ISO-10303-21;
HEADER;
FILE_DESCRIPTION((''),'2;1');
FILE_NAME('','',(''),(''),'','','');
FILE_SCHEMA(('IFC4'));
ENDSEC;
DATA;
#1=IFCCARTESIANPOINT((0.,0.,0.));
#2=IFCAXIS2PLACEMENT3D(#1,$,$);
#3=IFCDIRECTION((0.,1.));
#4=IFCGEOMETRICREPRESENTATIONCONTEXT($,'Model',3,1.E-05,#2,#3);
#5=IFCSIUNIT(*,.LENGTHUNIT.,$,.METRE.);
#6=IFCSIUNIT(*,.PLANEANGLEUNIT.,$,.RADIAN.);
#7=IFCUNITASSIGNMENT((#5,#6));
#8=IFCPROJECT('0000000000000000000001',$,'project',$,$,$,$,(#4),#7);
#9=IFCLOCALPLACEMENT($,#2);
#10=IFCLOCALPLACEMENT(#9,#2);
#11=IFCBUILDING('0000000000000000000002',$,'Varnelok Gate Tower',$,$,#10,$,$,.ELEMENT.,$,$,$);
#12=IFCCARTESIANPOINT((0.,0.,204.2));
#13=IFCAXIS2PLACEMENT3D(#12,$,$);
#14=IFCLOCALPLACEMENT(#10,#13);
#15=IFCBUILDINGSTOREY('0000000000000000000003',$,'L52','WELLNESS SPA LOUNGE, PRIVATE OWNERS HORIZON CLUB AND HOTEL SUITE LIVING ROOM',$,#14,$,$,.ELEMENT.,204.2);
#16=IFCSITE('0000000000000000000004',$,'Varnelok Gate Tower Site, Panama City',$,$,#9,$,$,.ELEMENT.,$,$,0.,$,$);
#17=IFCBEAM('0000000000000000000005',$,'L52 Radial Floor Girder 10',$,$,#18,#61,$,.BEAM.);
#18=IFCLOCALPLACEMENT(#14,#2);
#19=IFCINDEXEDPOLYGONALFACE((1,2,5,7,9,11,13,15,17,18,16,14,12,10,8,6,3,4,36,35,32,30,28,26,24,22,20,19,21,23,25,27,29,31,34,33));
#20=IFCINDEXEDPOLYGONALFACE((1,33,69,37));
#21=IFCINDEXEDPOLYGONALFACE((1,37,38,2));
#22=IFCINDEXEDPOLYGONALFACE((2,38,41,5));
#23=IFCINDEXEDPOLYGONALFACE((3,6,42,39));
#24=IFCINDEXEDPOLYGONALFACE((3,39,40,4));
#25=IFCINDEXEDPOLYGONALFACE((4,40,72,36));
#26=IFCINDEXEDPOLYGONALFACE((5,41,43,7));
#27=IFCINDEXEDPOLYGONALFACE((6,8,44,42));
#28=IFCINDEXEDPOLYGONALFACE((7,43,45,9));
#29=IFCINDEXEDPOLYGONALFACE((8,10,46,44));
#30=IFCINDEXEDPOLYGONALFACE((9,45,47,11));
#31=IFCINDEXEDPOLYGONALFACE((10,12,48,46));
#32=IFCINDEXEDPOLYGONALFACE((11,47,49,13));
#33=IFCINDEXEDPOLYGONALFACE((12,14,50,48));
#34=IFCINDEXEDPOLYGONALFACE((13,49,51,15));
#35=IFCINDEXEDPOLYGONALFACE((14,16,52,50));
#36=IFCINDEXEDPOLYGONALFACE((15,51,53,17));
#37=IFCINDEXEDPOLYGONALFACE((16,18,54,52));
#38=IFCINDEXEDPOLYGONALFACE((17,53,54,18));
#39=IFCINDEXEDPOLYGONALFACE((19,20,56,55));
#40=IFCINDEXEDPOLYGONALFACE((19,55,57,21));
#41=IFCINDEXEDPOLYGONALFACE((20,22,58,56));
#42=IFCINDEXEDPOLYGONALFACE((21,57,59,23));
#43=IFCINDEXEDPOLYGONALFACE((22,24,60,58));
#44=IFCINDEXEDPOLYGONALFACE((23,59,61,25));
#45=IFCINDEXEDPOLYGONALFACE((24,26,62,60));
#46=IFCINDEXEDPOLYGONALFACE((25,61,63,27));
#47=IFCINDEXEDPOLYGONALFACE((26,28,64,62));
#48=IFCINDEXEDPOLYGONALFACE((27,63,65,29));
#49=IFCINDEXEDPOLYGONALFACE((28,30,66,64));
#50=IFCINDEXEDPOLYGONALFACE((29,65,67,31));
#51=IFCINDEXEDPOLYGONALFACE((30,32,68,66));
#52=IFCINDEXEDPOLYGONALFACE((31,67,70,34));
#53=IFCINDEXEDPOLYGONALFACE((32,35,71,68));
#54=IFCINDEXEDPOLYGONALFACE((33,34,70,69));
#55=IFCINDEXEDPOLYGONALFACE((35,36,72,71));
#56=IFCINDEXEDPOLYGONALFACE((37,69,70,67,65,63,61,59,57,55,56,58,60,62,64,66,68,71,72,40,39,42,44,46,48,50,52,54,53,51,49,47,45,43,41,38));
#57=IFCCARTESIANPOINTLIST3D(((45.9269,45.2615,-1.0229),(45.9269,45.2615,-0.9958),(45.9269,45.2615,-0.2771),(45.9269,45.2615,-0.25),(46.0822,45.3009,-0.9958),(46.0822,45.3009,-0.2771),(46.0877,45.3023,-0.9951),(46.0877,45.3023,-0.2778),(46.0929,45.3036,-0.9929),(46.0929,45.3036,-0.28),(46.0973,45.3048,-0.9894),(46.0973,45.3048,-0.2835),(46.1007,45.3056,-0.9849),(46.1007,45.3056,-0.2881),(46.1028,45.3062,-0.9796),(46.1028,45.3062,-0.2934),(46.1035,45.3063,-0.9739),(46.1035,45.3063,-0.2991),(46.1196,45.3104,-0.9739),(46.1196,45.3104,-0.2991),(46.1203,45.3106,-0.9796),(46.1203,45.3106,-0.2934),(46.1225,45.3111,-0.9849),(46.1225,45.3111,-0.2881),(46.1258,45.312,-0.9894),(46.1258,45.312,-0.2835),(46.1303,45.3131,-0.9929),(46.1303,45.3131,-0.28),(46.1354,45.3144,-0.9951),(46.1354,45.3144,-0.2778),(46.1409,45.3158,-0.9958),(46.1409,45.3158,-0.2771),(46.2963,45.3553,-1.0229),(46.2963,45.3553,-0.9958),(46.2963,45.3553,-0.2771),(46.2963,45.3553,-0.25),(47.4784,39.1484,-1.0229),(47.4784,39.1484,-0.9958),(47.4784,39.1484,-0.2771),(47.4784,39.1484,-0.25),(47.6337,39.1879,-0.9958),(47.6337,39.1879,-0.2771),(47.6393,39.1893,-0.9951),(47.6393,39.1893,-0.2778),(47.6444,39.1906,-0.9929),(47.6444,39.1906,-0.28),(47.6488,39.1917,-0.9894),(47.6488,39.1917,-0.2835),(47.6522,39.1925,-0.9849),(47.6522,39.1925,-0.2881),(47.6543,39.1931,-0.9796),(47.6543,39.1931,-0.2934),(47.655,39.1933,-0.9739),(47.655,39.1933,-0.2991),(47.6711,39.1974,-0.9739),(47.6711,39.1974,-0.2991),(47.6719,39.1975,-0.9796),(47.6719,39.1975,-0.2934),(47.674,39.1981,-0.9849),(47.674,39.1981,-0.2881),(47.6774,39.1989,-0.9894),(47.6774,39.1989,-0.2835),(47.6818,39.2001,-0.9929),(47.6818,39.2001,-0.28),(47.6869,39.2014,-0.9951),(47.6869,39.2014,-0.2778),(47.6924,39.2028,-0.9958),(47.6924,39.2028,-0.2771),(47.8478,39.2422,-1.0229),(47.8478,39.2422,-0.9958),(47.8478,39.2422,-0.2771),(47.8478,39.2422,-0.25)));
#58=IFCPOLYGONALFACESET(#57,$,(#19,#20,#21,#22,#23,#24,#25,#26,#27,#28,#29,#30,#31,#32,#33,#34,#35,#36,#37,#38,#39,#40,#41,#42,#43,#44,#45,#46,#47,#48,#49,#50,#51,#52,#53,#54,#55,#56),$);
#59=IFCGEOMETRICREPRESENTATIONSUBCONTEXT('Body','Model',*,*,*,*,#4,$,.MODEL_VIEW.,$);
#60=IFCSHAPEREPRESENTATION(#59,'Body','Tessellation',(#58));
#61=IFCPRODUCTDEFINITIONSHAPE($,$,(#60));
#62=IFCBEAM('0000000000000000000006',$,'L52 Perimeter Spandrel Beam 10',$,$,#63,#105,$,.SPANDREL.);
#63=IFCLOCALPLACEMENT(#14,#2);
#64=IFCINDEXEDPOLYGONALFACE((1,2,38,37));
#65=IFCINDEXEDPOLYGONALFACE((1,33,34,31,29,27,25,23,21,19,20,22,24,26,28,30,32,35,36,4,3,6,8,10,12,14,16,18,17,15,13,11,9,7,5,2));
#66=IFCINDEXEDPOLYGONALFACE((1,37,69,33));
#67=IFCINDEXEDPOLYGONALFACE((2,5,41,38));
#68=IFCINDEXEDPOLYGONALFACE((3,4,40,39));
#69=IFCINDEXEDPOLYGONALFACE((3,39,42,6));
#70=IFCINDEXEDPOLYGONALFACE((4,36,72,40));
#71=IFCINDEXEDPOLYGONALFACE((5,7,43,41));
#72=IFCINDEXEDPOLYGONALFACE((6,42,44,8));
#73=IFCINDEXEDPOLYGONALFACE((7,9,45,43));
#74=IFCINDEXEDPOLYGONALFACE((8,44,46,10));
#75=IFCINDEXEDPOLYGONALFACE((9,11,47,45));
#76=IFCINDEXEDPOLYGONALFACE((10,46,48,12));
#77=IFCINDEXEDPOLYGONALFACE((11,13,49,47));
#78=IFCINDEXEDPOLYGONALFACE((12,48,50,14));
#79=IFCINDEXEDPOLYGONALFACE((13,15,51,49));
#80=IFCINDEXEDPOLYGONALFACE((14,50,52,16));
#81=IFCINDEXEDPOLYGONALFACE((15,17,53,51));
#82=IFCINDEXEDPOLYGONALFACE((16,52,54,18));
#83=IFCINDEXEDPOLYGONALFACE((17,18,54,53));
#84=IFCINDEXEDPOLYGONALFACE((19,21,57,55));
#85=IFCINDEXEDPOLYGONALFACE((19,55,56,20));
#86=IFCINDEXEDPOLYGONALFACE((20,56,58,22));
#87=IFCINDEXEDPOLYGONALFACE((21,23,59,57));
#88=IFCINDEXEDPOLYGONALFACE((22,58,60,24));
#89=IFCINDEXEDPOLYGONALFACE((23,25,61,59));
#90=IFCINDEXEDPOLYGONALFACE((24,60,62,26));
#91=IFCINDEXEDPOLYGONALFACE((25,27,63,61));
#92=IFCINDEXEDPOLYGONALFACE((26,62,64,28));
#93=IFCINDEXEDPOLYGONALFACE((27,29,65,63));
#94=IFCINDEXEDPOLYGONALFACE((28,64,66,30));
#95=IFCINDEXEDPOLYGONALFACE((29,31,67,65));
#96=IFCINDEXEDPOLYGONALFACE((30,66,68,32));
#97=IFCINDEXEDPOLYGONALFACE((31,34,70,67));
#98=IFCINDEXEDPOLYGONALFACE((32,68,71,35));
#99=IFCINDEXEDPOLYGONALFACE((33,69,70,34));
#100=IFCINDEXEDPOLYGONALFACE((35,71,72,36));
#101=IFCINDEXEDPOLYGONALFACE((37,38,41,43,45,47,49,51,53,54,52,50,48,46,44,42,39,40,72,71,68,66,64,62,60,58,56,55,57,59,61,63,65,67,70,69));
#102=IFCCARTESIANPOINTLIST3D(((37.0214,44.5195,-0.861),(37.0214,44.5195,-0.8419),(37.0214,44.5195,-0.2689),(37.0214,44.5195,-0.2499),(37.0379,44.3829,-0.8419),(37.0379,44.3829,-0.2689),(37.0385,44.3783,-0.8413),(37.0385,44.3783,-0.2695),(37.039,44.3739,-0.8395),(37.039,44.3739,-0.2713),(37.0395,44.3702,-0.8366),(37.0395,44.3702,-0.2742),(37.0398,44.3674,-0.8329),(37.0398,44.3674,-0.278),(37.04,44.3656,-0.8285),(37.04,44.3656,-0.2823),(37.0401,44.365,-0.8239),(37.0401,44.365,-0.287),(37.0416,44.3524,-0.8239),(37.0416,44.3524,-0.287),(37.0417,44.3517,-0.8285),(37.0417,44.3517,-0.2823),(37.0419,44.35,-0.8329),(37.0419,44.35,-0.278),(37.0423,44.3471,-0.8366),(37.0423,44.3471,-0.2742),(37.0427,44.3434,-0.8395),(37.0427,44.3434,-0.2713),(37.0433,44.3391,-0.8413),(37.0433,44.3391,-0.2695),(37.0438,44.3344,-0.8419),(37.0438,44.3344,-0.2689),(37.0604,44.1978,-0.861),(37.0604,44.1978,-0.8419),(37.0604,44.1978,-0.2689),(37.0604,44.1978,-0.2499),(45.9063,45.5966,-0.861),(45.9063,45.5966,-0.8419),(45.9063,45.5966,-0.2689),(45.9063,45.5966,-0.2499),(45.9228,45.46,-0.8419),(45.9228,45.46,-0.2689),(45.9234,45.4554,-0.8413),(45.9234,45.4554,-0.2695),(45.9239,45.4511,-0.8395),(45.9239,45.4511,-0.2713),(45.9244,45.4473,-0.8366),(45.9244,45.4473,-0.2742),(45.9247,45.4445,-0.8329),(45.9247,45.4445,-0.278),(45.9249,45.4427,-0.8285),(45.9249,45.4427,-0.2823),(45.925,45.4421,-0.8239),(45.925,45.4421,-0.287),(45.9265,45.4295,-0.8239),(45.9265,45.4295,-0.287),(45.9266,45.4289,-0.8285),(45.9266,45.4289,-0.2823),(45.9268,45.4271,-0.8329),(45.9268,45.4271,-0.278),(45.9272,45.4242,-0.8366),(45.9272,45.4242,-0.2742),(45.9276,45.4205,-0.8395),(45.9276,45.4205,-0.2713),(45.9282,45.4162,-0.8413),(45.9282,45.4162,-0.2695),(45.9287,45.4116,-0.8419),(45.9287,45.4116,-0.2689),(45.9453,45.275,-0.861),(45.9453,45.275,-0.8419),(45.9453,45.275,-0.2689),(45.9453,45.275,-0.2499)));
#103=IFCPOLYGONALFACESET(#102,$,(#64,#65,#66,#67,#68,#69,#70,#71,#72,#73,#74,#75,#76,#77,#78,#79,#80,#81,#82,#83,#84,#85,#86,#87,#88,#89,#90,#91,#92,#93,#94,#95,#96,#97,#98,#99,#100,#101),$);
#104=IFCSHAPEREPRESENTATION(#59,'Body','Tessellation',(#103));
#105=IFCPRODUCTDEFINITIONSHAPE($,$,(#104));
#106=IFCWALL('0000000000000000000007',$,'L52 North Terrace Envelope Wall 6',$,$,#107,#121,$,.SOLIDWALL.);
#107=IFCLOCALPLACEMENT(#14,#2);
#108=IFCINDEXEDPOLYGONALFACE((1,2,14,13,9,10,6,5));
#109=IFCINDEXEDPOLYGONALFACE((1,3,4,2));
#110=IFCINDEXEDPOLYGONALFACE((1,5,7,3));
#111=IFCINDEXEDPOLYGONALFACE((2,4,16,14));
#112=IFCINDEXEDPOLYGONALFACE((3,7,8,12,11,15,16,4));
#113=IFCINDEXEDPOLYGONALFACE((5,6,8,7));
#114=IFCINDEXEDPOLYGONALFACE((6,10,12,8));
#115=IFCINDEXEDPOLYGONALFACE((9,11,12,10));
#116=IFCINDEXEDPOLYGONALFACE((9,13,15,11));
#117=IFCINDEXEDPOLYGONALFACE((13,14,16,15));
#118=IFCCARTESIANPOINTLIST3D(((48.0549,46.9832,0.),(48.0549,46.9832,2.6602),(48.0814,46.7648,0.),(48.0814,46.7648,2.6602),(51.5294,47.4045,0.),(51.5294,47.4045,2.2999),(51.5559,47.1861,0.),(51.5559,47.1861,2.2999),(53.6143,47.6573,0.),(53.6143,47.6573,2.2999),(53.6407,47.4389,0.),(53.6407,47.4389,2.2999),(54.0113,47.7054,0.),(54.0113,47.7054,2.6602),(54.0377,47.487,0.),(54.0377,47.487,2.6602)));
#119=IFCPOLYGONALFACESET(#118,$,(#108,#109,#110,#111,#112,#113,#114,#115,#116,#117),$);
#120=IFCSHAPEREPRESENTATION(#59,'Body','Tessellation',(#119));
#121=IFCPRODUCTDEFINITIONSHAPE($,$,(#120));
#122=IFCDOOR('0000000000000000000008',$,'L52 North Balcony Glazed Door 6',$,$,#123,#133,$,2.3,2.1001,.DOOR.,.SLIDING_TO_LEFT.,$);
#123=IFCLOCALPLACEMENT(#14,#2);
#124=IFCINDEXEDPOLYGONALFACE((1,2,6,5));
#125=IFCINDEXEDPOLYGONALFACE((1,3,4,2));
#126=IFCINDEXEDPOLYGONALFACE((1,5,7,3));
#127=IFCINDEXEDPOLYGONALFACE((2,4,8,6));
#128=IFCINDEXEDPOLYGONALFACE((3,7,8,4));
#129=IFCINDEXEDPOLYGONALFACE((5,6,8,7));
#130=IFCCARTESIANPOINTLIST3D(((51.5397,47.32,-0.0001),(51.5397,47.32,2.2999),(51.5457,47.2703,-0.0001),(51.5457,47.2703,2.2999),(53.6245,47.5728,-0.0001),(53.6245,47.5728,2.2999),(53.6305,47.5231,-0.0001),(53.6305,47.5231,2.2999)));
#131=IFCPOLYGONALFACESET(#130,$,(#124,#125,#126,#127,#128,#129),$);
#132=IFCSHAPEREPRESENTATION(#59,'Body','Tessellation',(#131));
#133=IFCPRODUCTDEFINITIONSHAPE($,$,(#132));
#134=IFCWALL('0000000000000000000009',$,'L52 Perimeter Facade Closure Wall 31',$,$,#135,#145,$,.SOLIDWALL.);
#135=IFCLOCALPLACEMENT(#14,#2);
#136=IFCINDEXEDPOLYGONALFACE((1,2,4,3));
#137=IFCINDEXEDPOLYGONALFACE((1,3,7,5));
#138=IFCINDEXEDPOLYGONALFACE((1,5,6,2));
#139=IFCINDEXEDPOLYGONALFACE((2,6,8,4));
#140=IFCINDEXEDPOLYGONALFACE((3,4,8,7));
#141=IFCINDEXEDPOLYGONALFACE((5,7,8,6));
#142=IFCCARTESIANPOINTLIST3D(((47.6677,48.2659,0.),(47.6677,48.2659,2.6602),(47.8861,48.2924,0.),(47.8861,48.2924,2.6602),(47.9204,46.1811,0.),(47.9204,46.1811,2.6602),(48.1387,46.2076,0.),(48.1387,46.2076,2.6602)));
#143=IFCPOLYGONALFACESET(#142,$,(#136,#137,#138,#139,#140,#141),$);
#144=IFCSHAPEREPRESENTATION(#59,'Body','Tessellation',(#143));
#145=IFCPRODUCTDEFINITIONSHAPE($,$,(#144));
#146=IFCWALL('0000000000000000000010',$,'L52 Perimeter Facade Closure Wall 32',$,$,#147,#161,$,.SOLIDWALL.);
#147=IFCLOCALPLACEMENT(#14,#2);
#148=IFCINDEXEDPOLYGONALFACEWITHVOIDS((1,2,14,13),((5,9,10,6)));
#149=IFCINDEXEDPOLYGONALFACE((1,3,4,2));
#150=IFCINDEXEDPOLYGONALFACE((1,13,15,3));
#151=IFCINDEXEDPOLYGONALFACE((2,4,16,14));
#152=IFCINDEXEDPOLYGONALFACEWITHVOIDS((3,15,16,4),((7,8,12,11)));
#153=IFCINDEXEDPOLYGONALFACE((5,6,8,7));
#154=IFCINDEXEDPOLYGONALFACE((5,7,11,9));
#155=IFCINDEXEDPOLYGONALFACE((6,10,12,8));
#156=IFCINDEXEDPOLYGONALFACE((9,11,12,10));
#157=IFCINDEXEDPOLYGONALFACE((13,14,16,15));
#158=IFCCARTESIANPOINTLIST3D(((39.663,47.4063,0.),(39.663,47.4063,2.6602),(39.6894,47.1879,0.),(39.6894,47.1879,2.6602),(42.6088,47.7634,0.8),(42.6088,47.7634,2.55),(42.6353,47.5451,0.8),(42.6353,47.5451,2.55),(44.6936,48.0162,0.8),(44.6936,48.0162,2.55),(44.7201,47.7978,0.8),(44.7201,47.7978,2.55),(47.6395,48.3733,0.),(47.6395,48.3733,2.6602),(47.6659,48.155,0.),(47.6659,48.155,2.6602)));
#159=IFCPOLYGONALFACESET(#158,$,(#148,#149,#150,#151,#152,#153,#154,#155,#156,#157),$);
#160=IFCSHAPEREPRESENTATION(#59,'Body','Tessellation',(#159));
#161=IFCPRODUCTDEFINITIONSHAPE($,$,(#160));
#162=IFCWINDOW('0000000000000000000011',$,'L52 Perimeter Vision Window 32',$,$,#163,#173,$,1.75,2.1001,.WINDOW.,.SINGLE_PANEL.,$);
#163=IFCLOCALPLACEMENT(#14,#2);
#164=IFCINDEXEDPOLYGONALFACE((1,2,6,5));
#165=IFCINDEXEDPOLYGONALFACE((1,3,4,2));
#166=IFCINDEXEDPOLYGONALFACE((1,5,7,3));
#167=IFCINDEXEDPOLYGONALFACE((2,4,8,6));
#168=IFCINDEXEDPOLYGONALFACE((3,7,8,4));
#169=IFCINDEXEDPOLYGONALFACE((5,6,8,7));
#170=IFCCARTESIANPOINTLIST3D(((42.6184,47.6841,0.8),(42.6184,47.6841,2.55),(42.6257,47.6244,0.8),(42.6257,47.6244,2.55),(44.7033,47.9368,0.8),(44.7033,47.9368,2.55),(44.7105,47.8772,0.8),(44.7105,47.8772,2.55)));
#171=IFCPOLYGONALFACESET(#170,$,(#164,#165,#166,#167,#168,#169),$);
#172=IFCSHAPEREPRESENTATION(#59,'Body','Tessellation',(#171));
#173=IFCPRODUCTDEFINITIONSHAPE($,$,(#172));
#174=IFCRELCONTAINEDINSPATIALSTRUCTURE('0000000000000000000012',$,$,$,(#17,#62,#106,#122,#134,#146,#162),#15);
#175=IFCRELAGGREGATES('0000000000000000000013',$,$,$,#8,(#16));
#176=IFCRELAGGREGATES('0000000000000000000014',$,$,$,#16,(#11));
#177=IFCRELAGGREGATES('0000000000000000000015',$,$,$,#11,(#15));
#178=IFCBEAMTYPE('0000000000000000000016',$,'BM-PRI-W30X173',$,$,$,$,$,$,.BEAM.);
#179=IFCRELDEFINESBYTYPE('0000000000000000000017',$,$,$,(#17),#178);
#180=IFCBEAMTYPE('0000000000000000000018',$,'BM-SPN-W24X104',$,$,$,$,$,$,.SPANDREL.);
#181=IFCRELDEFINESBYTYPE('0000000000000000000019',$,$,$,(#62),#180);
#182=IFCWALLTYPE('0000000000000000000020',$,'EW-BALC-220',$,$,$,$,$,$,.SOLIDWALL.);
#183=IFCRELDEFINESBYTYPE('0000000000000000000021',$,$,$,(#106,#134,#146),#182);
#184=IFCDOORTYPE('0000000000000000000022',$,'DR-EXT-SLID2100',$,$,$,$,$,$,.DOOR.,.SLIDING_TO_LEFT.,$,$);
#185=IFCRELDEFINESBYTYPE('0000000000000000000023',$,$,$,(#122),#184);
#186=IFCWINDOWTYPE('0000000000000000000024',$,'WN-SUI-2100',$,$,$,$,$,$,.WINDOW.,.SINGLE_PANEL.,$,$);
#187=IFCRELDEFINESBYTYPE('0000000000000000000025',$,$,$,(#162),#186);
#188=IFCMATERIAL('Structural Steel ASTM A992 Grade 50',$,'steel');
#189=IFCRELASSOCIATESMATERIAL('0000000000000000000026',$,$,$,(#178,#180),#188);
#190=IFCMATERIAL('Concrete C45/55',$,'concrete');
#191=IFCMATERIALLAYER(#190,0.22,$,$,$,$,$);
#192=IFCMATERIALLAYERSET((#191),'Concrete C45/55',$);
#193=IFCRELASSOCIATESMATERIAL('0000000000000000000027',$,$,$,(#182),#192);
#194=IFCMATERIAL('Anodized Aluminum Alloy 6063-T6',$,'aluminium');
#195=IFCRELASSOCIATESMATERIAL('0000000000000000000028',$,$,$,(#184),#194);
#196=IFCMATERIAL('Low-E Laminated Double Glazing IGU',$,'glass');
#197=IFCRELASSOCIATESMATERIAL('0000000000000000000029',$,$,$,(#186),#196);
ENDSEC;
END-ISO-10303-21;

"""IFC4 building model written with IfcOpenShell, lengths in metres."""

from ifc_helpers import new_model, si_unit, direction, frame, frame_2d, origin, origin_2d, place, context, subcontext, project, spatial, rectangle, i_section, extrude, material, layer, layer_set, material_profile, profile_set, type_object, element, fill, save


model = new_model("IFC4")

# Units and contexts
model_context = context("Model", 3, precision=1e-05, world=origin(), true_north=direction((0.0, 1.0)))
body_context = subcontext(model_context, "Body", "Model", "MODEL_VIEW")
ifc_project = project(units=[si_unit("LENGTHUNIT", "METRE"), si_unit("PLANEANGLEUNIT", "RADIAN")], contexts=[model_context])

# Site, building, storey
site_placement = place(None, origin())
site = spatial("IfcSite", under=ifc_project, at=site_placement, Name="Varnelok Gate Tower Site, Panama City", CompositionType="ELEMENT", RefElevation=0.0)
building_placement = place(site_placement, origin())
building = spatial("IfcBuilding", under=site, at=building_placement, Name="Varnelok Gate Tower", CompositionType="ELEMENT")
storey_placement = place(building_placement, frame((0.0, 0.0, 204.2)))
storey = spatial("IfcBuildingStorey", under=building, at=storey_placement, Name="L52", Description="WELLNESS SPA LOUNGE, PRIVATE OWNERS HORIZON CLUB AND HOTEL SUITE LIVING ROOM", CompositionType="ELEMENT", Elevation=204.2)

# Shared definitions
ifc_material_1 = material(Name="Structural Steel ASTM A992 Grade 50", Category="steel")

# Beams
ifc_material_profile_1 = material_profile(ifc_material_1, i_section(OverallWidth=0.3811, OverallDepth=0.7729, WebThickness=0.0166, FlangeThickness=0.0271, FilletRadius=0.022, at=origin_2d()), Name="W30X173")
ifc_profile_set_1 = profile_set([ifc_material_profile_1], Name="Structural Steel ASTM A992 Grade 50")
beam_type_1 = type_object("IfcBeamType", Name="BM-PRI-W30X173", PredefinedType="BEAM", material=ifc_profile_set_1)
beam_1_placement = place(storey_placement, frame((47.6631, 39.1953, -0.6365), z_axis=(-0.246004, 0.969269, 0.0), x_axis=(-0.969269, -0.246004, 0.0)))
element("IfcBeam", 1, at=beam_1_placement, inside=storey, type_object=beam_type_1, Name="L52 Radial Floor Girder 10", PredefinedType="BEAM", context=body_context, shape_type="SweptSolid", body=[
    extrude(i_section(OverallWidth=0.3811, OverallDepth=0.7729, WebThickness=0.0166, FlangeThickness=0.0271, FilletRadius=0.022, at=origin_2d()), origin(), (0.0, 0.0, 1.0), 6.3069),
])
ifc_material_profile_2 = material_profile(ifc_material_1, i_section(OverallWidth=0.324, OverallDepth=0.6111, WebThickness=0.0127, FlangeThickness=0.019, FilletRadius=0.0181, at=origin_2d()), Name="W24X104")
ifc_profile_set_2 = profile_set([ifc_material_profile_2], Name="Structural Steel ASTM A992 Grade 50")
beam_type_2 = type_object("IfcBeamType", Name="BM-SPN-W24X104", PredefinedType="SPANDREL", material=ifc_profile_set_2)
beam_2_placement = place(storey_placement, frame((45.9258, 45.4358, -0.5554), z_axis=(-0.992731, -0.120351, 0.0), x_axis=(0.120351, -0.992731, 0.0)))
element("IfcBeam", 2, at=beam_2_placement, inside=storey, type_object=beam_type_2, Name="L52 Perimeter Spandrel Beam 10", PredefinedType="SPANDREL", context=body_context, shape_type="SweptSolid", body=[
    extrude(i_section(OverallWidth=0.324, OverallDepth=0.6111, WebThickness=0.0127, FlangeThickness=0.019, FilletRadius=0.0181, at=origin_2d()), origin(), (0.0, 0.0, 1.0), 8.95),
])

# Wall, opening, door
ifc_material_2 = material(Name="Concrete C45/55", Category="concrete")
ifc_layer_1 = layer(ifc_material_2, 0.22)
ifc_layer_set_1 = layer_set([ifc_layer_1], Name="Concrete C45/55")
wall_type_1 = type_object("IfcWallType", Name="EW-BALC-220", PredefinedType="SOLIDWALL", material=ifc_layer_set_1)
wall_1_placement = place(storey_placement, frame((48.0681, 46.874, 0.0), z_axis=(0.0, 0.0, 1.0), x_axis=(0.99273, 0.120363, 0.0)))
wall_1 = element("IfcWall", 3, at=wall_1_placement, inside=storey, type_object=wall_type_1, Name="L52 North Terrace Envelope Wall 6", PredefinedType="SOLIDWALL", context=body_context, shape_type="SweptSolid", body=[
    extrude(rectangle(XDim=6.0, YDim=0.22, at=frame_2d((3.0, 0.0))), origin(), (0.0, 0.0, 1.0), 2.6602),
])
opening_1_placement = place(wall_1_placement, frame((3.5, 0.0, 0.0)))
opening_1 = element("IfcOpeningElement", 4, at=opening_1_placement, cuts=wall_1, PredefinedType="OPENING", context=body_context, shape_type="SweptSolid", body=[
    extrude(rectangle(XDim=2.1001, YDim=2.3, at=frame_2d((1.05, 1.1499))), frame((0.0, 0.1199, 0.0), z_axis=(0.0, -1.0, 0.0), x_axis=(1.0, 0.0, 0.0)), (0.0, 0.0, 1.0), 0.24),
])
ifc_material_3 = material(Name="Anodized Aluminum Alloy 6063-T6", Category="aluminium")
door_type_1 = type_object("IfcDoorType", Name="DR-EXT-SLID2100", OperationType="SLIDING_TO_LEFT", PredefinedType="DOOR", material=ifc_material_3)
door_1_placement = place(opening_1_placement, origin())
door_1 = element("IfcDoor", 5, at=door_1_placement, inside=storey, type_object=door_type_1, Name="L52 North Balcony Glazed Door 6", OperationType="SLIDING_TO_LEFT", OverallHeight=2.3, OverallWidth=2.1001, PredefinedType="DOOR", context=body_context, shape_type="SweptSolid", body=[
    extrude(rectangle(XDim=2.1001, YDim=2.3, at=frame_2d((1.05, 1.1499))), frame((0.0, 0.0249, 0.0), z_axis=(0.0, -1.0, 0.0), x_axis=(1.0, 0.0, 0.0)), (0.0, 0.0, 1.0), 0.05),
])
fill(opening_1, door_1)

# Wall
wall_2_placement = place(storey_placement, frame((48.0295, 46.1943, 0.0), z_axis=(0.0, 0.0, 1.0), x_axis=(-0.120314, 0.992736, 0.0)))
element("IfcWall", 6, at=wall_2_placement, inside=storey, type_object=wall_type_1, Name="L52 Perimeter Facade Closure Wall 31", PredefinedType="SOLIDWALL", context=body_context, shape_type="SweptSolid", body=[
    extrude(rectangle(XDim=2.1001, YDim=0.22, at=frame_2d((1.05, 0.0))), origin(), (0.0, 0.0, 1.0), 2.6602),
])

# Wall, opening, window
wall_3_placement = place(storey_placement, frame((47.6528, 48.2642, 0.0), z_axis=(0.0, 0.0, 1.0), x_axis=(-0.992731, -0.120354, 0.0)))
wall_3 = element("IfcWall", 7, at=wall_3_placement, inside=storey, type_object=wall_type_1, Name="L52 Perimeter Facade Closure Wall 32", PredefinedType="SOLIDWALL", context=body_context, shape_type="SweptSolid", body=[
    extrude(rectangle(XDim=8.0349, YDim=0.22, at=frame_2d((4.0176, 0.0))), origin(), (0.0, 0.0, 1.0), 2.6602),
])
opening_2_placement = place(wall_3_placement, frame((2.9675, 0.0, 0.8)))
opening_2 = element("IfcOpeningElement", 8, at=opening_2_placement, cuts=wall_3, PredefinedType="OPENING", context=body_context, shape_type="SweptSolid", body=[
    extrude(rectangle(XDim=2.1001, YDim=1.75, at=frame_2d((1.05, 0.875))), frame((0.0, 0.1199, 0.0), z_axis=(0.0, -1.0, 0.0), x_axis=(1.0, 0.0, 0.0)), (0.0, 0.0, 1.0), 0.24),
])
ifc_material_4 = material(Name="Low-E Laminated Double Glazing IGU", Category="glass")
window_type = type_object("IfcWindowType", Name="WN-SUI-2100", PartitioningType="SINGLE_PANEL", PredefinedType="WINDOW", material=ifc_material_4)
window_placement = place(opening_2_placement, origin())
window = element("IfcWindow", 9, at=window_placement, inside=storey, type_object=window_type, Name="L52 Perimeter Vision Window 32", OverallHeight=1.75, OverallWidth=2.1001, PartitioningType="SINGLE_PANEL", PredefinedType="WINDOW", context=body_context, shape_type="SweptSolid", body=[
    extrude(rectangle(XDim=2.1001, YDim=1.75, at=frame_2d((1.05, 0.875))), frame((0.0, 0.03, 0.0), z_axis=(0.0, -1.0, 0.0), x_axis=(1.0, 0.0, 0.0)), (0.0, 0.0, 1.0), 0.0601),
])
fill(opening_2, window)

save(model, "model.ifc")
